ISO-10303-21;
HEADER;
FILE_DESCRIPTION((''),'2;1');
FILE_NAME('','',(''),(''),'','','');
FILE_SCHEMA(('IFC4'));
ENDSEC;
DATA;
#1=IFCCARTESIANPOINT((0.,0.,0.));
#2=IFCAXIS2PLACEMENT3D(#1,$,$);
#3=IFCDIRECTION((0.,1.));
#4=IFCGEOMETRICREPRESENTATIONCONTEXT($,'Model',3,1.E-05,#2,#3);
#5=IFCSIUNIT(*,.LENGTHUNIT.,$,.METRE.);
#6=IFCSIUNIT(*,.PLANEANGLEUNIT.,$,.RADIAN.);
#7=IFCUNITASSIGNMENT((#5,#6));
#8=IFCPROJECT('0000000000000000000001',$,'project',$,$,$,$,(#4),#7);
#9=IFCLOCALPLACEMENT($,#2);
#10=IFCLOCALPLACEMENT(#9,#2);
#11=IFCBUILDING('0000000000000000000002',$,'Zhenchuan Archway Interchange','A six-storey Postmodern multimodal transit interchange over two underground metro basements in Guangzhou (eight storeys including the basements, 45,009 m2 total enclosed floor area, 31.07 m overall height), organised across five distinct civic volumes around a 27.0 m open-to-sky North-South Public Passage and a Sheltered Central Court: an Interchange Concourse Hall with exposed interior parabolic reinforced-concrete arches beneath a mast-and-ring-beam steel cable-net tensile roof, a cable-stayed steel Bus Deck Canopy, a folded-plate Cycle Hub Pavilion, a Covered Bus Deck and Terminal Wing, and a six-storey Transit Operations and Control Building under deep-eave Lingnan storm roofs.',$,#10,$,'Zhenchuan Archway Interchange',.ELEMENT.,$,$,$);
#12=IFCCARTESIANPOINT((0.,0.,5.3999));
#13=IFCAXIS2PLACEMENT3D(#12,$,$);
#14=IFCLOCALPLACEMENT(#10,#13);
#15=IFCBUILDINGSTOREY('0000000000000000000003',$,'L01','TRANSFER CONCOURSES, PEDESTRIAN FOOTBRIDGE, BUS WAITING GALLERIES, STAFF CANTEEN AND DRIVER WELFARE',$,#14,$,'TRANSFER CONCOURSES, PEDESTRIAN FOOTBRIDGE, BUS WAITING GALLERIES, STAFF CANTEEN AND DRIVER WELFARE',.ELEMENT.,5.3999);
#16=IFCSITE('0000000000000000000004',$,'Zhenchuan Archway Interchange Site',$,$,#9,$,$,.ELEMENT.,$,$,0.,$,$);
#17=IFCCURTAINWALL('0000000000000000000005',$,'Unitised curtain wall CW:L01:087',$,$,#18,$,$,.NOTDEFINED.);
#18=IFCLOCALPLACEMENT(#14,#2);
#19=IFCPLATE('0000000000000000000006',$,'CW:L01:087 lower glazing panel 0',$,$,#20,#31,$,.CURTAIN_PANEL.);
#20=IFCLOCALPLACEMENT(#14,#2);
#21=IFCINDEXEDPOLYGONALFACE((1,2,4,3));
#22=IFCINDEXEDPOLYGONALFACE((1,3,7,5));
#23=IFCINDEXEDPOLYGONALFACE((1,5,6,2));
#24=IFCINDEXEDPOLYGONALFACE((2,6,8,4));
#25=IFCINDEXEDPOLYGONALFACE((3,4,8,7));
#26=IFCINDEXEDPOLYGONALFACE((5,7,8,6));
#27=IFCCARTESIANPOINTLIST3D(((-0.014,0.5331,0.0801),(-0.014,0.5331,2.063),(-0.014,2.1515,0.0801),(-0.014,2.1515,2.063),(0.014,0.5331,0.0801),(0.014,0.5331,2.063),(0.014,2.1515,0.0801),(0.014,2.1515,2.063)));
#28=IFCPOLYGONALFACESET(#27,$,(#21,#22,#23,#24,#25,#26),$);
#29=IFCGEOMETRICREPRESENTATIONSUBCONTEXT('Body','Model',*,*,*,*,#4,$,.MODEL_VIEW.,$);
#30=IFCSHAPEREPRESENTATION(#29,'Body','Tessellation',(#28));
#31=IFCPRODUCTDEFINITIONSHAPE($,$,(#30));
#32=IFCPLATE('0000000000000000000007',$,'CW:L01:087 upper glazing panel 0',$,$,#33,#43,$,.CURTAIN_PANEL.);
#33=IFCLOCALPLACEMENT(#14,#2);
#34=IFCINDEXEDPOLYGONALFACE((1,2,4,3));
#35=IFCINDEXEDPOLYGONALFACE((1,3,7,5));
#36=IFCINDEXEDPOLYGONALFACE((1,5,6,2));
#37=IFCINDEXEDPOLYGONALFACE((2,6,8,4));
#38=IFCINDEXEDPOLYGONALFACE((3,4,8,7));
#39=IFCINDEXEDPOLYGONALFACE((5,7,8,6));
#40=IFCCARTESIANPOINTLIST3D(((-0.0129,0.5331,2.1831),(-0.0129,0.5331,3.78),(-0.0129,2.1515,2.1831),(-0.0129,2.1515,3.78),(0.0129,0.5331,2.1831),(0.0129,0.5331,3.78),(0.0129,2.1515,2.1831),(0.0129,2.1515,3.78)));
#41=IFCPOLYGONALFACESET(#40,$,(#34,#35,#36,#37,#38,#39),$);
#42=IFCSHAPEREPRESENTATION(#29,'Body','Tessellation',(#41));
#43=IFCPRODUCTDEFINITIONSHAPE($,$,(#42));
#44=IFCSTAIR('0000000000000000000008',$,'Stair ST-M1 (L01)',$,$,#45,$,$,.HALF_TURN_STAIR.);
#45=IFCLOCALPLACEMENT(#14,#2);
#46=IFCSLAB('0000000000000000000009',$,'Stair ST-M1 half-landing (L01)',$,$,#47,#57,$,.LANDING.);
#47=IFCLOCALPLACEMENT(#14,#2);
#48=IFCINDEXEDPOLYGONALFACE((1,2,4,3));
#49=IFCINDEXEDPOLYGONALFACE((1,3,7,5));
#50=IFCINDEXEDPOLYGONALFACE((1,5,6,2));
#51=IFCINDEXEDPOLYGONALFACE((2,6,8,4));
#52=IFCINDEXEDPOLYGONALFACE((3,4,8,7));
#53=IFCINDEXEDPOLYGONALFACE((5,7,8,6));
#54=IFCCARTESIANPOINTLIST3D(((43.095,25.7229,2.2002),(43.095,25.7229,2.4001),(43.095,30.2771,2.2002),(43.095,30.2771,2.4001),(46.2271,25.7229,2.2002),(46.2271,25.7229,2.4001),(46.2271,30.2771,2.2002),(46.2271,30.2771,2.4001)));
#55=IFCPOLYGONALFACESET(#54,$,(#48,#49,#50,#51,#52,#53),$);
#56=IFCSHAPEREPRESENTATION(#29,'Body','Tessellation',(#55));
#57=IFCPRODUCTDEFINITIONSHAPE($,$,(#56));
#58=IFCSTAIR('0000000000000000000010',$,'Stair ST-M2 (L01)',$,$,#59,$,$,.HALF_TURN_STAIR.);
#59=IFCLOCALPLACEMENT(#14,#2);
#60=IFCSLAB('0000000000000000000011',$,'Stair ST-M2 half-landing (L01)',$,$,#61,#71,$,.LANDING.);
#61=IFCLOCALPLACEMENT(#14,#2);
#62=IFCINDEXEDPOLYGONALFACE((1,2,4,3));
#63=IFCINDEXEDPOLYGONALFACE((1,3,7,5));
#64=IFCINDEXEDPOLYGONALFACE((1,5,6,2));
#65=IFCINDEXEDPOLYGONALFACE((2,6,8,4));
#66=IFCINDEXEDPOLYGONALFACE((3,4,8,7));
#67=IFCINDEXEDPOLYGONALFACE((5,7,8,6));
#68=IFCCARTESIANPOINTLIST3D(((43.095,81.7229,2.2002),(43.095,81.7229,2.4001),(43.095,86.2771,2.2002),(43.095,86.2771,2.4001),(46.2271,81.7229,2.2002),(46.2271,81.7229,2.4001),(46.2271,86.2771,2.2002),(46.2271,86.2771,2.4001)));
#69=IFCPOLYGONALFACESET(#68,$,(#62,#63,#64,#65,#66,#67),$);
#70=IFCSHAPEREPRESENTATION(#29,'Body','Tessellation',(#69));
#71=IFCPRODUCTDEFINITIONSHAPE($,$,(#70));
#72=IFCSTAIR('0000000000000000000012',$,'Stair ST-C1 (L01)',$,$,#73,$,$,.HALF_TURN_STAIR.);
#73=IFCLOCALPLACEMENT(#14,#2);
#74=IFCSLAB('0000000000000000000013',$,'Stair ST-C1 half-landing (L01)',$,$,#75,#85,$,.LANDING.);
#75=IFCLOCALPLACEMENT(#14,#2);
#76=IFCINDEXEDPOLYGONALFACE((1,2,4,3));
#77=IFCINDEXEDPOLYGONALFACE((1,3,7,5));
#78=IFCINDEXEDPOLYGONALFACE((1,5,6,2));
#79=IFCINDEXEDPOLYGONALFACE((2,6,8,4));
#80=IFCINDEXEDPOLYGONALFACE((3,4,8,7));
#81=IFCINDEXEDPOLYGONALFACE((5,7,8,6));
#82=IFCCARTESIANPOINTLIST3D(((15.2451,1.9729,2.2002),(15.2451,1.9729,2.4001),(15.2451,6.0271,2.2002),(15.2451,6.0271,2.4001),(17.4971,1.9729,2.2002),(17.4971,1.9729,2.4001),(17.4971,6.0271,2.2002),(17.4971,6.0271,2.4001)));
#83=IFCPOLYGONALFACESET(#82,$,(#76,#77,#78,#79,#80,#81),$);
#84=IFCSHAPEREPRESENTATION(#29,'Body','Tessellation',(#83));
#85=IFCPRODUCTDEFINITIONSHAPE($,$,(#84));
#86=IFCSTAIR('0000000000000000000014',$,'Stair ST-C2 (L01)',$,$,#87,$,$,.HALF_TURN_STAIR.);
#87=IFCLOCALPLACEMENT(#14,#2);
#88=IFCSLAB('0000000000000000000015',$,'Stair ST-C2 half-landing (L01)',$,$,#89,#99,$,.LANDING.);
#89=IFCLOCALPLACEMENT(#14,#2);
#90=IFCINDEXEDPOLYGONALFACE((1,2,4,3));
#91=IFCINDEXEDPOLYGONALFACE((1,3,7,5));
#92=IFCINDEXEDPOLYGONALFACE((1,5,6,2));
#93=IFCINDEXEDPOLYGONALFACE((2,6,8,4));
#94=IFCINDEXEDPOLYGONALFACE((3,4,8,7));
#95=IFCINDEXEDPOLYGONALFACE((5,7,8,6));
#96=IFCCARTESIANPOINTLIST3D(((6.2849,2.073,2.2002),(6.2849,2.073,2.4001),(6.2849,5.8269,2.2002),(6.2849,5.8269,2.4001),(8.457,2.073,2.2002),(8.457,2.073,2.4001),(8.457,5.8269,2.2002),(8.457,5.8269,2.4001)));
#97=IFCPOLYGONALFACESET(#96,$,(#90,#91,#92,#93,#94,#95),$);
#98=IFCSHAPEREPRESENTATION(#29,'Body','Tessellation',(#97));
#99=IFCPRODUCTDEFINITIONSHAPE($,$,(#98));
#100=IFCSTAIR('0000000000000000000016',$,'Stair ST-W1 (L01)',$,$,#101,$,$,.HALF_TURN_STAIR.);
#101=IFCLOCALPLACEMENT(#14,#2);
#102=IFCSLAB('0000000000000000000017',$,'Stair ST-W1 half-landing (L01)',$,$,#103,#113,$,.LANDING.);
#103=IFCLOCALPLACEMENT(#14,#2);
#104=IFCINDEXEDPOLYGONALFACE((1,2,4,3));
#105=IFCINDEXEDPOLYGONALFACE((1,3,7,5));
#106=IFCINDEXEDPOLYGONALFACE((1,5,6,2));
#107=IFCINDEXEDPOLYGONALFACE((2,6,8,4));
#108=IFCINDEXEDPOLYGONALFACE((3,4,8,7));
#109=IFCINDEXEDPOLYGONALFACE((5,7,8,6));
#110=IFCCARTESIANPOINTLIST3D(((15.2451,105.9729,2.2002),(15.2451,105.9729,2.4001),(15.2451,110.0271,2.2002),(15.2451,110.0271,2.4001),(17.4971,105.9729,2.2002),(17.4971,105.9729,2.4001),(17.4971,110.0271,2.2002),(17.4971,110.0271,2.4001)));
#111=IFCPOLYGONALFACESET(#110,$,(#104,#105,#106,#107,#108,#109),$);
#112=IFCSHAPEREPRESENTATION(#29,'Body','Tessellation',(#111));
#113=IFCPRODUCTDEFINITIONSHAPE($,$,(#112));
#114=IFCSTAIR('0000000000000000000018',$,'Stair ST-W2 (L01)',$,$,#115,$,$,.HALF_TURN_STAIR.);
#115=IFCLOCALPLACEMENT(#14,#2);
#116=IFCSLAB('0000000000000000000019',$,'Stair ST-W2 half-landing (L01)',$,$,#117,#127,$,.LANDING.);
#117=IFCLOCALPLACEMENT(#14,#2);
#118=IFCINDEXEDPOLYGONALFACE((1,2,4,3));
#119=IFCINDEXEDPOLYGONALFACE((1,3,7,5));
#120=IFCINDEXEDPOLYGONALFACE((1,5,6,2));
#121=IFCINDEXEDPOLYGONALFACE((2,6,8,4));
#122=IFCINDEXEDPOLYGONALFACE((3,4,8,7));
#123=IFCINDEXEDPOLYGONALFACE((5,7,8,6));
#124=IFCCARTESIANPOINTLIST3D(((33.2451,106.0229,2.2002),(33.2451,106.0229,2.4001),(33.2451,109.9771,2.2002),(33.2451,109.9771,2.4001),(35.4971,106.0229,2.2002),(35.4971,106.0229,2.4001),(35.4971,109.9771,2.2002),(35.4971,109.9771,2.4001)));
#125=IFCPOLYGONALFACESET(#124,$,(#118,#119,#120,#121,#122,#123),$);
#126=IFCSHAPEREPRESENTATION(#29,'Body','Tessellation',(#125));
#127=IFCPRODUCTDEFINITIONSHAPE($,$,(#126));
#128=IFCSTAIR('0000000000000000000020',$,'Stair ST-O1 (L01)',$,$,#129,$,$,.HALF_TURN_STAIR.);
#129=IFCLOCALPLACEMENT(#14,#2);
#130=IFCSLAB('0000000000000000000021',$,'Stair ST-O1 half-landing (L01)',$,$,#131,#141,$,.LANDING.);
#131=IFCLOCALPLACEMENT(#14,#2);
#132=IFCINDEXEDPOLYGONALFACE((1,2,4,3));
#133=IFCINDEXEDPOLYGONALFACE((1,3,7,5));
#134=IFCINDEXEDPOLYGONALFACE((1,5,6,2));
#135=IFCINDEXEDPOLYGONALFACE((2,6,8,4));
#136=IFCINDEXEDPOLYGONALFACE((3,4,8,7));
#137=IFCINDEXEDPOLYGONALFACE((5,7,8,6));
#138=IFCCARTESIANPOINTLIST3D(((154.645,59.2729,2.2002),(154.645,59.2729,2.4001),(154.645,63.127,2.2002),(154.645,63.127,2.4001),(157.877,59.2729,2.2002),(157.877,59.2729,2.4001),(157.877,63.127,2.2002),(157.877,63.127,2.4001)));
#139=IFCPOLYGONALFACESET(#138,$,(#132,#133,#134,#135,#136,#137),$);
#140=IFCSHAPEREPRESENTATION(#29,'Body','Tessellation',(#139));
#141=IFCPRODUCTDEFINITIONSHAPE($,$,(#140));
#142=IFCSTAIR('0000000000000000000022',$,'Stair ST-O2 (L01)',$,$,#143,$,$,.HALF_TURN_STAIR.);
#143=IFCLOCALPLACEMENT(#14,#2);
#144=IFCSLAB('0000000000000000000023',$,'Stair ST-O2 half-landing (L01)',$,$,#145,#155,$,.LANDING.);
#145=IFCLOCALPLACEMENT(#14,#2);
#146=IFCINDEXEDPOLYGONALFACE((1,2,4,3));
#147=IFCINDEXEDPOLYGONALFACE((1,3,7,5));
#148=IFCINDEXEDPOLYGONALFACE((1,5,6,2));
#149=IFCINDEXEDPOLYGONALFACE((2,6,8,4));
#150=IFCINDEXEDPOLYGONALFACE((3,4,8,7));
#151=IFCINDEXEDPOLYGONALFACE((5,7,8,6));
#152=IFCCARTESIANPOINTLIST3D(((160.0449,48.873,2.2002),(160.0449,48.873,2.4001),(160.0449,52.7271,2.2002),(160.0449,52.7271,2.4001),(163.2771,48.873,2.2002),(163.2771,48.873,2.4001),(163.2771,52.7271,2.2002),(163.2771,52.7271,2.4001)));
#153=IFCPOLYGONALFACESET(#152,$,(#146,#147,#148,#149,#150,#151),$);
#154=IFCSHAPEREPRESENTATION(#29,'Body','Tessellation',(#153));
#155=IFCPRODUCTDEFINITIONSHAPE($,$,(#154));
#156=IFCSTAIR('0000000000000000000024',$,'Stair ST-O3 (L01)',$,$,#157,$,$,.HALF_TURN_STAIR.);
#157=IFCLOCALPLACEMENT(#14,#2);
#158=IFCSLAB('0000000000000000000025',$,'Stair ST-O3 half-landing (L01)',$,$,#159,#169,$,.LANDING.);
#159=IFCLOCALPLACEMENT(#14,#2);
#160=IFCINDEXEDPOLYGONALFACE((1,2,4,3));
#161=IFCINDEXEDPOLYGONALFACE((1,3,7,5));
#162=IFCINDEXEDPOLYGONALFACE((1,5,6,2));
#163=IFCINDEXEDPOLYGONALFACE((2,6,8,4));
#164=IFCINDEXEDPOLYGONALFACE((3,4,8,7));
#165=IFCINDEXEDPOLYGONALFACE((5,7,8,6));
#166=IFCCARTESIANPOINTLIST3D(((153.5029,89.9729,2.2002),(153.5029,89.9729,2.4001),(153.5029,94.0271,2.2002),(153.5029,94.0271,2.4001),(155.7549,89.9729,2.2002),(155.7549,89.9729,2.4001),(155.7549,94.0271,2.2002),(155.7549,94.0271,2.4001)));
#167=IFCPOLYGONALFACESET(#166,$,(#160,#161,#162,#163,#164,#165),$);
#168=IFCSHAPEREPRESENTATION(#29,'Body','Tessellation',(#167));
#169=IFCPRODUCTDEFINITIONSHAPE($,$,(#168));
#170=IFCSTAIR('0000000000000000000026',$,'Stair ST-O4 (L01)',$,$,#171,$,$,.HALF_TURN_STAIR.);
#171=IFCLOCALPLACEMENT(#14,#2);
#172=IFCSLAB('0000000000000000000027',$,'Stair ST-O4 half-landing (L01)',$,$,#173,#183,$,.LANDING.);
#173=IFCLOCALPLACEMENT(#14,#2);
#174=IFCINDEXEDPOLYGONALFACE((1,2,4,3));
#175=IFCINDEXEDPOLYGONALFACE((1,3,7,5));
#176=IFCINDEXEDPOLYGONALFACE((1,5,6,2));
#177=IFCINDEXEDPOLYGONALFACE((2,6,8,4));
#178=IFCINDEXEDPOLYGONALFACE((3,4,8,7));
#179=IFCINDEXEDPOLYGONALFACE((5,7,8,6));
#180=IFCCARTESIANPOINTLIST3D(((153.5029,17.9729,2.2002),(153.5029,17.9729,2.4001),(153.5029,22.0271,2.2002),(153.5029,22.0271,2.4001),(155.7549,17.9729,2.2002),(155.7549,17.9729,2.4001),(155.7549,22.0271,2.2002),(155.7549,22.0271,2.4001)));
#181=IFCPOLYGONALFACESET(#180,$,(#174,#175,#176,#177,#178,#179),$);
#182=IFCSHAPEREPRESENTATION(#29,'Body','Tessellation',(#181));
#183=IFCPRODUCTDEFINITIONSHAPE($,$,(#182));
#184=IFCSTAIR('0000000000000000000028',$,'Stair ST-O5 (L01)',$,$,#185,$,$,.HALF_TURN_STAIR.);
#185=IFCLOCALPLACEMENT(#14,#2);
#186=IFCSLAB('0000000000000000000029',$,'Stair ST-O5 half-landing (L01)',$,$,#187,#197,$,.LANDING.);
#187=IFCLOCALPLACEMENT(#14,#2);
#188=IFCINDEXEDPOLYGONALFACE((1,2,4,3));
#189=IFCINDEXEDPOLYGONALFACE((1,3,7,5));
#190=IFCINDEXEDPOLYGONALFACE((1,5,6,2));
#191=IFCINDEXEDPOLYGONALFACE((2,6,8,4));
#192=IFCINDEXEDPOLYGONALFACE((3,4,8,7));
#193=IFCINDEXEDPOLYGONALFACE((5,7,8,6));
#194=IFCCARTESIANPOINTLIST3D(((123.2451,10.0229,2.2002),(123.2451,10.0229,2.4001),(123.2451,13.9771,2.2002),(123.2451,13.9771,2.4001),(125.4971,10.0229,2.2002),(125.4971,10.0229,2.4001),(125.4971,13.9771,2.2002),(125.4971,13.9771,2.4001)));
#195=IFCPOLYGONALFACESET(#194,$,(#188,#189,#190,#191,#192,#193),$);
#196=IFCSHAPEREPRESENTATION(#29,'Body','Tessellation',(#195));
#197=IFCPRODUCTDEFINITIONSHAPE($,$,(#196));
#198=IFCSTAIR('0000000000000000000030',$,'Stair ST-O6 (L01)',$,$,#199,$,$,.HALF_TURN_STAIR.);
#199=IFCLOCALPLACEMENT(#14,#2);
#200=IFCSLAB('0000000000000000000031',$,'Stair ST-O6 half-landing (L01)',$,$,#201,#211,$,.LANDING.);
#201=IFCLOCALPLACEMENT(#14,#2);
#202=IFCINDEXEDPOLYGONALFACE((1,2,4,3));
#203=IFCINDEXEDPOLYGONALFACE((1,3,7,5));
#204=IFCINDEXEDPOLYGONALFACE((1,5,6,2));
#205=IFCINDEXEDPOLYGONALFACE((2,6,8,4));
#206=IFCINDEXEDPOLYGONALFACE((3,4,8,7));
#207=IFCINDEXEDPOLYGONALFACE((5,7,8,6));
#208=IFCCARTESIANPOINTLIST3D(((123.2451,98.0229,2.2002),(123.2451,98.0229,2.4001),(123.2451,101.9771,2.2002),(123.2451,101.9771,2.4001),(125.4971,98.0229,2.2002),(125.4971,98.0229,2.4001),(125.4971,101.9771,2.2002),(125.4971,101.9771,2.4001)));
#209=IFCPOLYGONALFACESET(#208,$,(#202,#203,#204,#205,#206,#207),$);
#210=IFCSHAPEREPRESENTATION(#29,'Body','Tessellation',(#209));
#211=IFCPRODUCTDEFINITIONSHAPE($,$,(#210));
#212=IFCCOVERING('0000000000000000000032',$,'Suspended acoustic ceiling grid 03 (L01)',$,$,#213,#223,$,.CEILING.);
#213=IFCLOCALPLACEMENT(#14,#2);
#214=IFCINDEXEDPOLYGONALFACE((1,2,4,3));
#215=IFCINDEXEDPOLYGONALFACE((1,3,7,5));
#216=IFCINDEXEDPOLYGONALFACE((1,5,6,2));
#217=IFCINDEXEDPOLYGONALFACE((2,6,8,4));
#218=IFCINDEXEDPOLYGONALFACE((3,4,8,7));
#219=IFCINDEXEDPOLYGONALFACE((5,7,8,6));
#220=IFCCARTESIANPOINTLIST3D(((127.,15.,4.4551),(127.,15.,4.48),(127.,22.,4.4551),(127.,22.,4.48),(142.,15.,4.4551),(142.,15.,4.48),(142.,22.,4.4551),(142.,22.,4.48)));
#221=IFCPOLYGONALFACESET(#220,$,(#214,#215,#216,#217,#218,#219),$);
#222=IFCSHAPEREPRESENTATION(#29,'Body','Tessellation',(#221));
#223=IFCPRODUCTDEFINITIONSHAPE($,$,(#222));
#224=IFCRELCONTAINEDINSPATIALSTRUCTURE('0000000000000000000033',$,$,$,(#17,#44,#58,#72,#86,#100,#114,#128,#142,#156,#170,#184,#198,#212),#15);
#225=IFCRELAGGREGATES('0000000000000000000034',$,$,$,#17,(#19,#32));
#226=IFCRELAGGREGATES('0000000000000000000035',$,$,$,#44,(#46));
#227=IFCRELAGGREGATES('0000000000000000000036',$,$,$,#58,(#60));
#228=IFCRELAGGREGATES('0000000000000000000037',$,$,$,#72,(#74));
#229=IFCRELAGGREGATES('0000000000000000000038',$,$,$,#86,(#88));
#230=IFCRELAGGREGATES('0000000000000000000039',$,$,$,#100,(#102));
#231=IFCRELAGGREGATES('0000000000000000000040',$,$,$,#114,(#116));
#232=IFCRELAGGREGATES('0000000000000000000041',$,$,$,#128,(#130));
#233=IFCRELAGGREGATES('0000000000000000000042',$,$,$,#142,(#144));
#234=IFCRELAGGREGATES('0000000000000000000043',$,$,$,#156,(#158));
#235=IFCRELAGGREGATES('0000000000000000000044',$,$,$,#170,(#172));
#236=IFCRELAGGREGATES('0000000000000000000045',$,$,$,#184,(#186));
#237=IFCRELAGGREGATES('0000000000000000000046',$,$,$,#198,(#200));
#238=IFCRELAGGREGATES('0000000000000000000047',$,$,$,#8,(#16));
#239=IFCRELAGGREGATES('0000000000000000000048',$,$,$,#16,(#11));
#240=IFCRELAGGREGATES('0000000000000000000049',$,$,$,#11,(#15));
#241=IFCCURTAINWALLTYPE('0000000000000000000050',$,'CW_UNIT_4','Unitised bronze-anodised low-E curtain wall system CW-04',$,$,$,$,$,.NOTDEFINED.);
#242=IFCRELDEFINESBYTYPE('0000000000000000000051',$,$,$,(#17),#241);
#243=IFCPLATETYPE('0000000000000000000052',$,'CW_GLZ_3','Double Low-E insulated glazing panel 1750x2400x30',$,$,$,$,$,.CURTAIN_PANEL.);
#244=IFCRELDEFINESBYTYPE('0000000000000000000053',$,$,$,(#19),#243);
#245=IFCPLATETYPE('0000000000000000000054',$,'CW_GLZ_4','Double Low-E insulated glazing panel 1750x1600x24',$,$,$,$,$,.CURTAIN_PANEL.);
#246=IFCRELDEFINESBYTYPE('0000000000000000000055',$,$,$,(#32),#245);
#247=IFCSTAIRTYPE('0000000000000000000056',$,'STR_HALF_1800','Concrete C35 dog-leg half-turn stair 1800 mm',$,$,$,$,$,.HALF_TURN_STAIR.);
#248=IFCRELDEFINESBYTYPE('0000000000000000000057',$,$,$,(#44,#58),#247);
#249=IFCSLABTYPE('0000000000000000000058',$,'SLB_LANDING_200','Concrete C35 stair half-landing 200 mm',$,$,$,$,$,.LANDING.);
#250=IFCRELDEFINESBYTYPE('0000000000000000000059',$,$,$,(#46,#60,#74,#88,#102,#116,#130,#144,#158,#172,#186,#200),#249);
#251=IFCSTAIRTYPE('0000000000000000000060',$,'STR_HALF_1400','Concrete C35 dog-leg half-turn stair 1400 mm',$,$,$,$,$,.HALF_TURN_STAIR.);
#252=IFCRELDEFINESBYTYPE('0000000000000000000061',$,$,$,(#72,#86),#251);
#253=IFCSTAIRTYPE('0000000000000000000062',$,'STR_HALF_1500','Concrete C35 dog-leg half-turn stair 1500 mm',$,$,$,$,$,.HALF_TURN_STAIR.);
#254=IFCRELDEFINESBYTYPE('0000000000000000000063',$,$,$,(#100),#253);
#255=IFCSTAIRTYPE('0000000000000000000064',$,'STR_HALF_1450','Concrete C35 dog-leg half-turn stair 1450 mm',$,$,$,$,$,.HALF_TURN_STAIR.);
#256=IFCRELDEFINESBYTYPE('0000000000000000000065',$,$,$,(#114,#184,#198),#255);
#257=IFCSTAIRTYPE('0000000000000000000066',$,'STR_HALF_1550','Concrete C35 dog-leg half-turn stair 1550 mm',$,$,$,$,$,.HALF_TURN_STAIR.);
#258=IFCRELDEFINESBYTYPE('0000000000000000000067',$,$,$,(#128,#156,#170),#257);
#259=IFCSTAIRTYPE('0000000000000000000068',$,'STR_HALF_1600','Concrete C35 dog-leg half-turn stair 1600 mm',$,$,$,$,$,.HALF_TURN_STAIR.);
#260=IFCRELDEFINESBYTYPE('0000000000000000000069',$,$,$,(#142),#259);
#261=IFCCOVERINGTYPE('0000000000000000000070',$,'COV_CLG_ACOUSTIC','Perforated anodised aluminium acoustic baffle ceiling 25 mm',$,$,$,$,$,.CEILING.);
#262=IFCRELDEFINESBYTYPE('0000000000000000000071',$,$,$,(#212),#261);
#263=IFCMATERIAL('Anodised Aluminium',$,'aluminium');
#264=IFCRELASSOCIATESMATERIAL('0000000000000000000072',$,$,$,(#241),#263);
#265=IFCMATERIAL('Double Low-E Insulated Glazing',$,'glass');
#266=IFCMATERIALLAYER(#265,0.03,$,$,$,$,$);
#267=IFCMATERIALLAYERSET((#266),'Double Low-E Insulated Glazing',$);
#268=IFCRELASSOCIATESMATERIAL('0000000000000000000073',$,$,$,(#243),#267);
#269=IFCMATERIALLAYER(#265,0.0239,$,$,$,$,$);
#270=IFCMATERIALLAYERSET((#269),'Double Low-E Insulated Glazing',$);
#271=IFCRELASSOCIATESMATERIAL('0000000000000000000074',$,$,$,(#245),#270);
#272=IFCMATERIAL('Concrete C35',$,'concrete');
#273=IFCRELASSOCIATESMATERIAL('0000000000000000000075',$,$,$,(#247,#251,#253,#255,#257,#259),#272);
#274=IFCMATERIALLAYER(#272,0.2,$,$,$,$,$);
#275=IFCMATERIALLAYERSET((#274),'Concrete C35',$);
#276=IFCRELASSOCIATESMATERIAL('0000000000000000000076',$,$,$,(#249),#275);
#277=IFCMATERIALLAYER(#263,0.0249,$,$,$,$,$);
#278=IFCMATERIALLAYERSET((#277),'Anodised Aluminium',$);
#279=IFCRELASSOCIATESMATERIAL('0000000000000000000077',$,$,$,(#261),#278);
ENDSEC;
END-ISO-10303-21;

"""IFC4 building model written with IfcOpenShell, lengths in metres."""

from ifc_helpers import new_model, si_unit, direction, frame, origin, origin_2d, place, context, subcontext, project, spatial, polyline, rectangle, outline, extrude, material, layer, layer_set, type_object, element, aggregate, save


model = new_model("IFC4")

# Units and contexts
model_context = context("Model", 3, precision=1e-05, world=origin(), true_north=direction((0.0, 1.0)))
body_context = subcontext(model_context, "Body", "Model", "MODEL_VIEW")
ifc_project = project(units=[si_unit("LENGTHUNIT", "METRE"), si_unit("PLANEANGLEUNIT", "RADIAN")], contexts=[model_context])

# Site, building, storey
site_placement = place(None, origin())
site = spatial("IfcSite", under=ifc_project, at=site_placement, Name="Zhenchuan Archway Interchange Site", CompositionType="ELEMENT", RefElevation=0.0)
building_placement = place(site_placement, origin())
building = spatial("IfcBuilding", under=site, at=building_placement, Name="Zhenchuan Archway Interchange", Description="A six-storey Postmodern multimodal transit interchange over two underground metro basements in Guangzhou (eight storeys including the basements, 45,009 m2 total enclosed floor area, 31.07 m overall height), organised across five distinct civic volumes around a 27.0 m open-to-sky North-South Public Passage and a Sheltered Central Court: an Interchange Concourse Hall with exposed interior parabolic reinforced-concrete arches beneath a mast-and-ring-beam steel cable-net tensile roof, a cable-stayed steel Bus Deck Canopy, a folded-plate Cycle Hub Pavilion, a Covered Bus Deck and Terminal Wing, and a six-storey Transit Operations and Control Building under deep-eave Lingnan storm roofs.", LongName="Zhenchuan Archway Interchange", CompositionType="ELEMENT")
storey_placement = place(building_placement, frame((0.0, 0.0, 5.3999)))
storey = spatial("IfcBuildingStorey", under=building, at=storey_placement, Name="L01", Description="TRANSFER CONCOURSES, PEDESTRIAN FOOTBRIDGE, BUS WAITING GALLERIES, STAFF CANTEEN AND DRIVER WELFARE", LongName="TRANSFER CONCOURSES, PEDESTRIAN FOOTBRIDGE, BUS WAITING GALLERIES, STAFF CANTEEN AND DRIVER WELFARE", CompositionType="ELEMENT", Elevation=5.3999)

# Curtain wall
ifc_material_1 = material(Name="Anodised Aluminium", Category="aluminium")
curtain_wall_type_1 = type_object("IfcCurtainWallType", Name="CW_UNIT_4", Description="Unitised bronze-anodised low-E curtain wall system CW-04", PredefinedType="NOTDEFINED", material=ifc_material_1)
curtain_wall_1_placement = place(storey_placement, origin())
curtain_wall_1 = element("IfcCurtainWall", 1, at=curtain_wall_1_placement, inside=storey, type_object=curtain_wall_type_1, Name="Unitised curtain wall CW:L01:087", PredefinedType="NOTDEFINED")

# Plates
ifc_material_2 = material(Name="Double Low-E Insulated Glazing", Category="glass")
ifc_layer_1 = layer(ifc_material_2, 0.03)
ifc_layer_set_1 = layer_set([ifc_layer_1], Name="Double Low-E Insulated Glazing")
plate_type_1 = type_object("IfcPlateType", Name="CW_GLZ_3", Description="Double Low-E insulated glazing panel 1750x2400x30", PredefinedType="CURTAIN_PANEL", material=ifc_layer_set_1)
plate_1_placement = place(storey_placement, frame((0.0, 1.3423, 0.0801), z_axis=(0.0, 0.0, 1.0), x_axis=(0.0, 1.0, 0.0)))
plate_1 = element("IfcPlate", 2, at=plate_1_placement, type_object=plate_type_1, Name="CW:L01:087 lower glazing panel 0", PredefinedType="CURTAIN_PANEL", context=body_context, shape_type="SweptSolid", body=[
    extrude(rectangle(XDim=1.6184, YDim=0.0281, at=origin_2d()), origin(), (0.0, 0.0, 1.0), 1.9829),
])
ifc_layer_2 = layer(ifc_material_2, 0.0239)
ifc_layer_set_2 = layer_set([ifc_layer_2], Name="Double Low-E Insulated Glazing")
plate_type_2 = type_object("IfcPlateType", Name="CW_GLZ_4", Description="Double Low-E insulated glazing panel 1750x1600x24", PredefinedType="CURTAIN_PANEL", material=ifc_layer_set_2)
plate_2_placement = place(storey_placement, frame((0.0, 1.3423, 2.1831), z_axis=(0.0, 0.0, 1.0), x_axis=(0.0, 1.0, 0.0)))
plate_2 = element("IfcPlate", 3, at=plate_2_placement, type_object=plate_type_2, Name="CW:L01:087 upper glazing panel 0", PredefinedType="CURTAIN_PANEL", context=body_context, shape_type="SweptSolid", body=[
    extrude(rectangle(XDim=1.6184, YDim=0.0259, at=origin_2d()), origin(), (0.0, 0.0, 1.0), 1.5969),
])
aggregate(curtain_wall_1, [plate_1, plate_2])

# Stairs, slabs
ifc_material_3 = material(Name="Concrete C35", Category="concrete")
stair_type_1 = type_object("IfcStairType", Name="STR_HALF_1800", Description="Concrete C35 dog-leg half-turn stair 1800 mm", PredefinedType="HALF_TURN_STAIR", material=ifc_material_3)
stair_1_placement = place(storey_placement, origin())
stair_1 = element("IfcStair", 4, at=stair_1_placement, inside=storey, type_object=stair_type_1, Name="Stair ST-M1 (L01)", PredefinedType="HALF_TURN_STAIR")
ifc_layer_3 = layer(ifc_material_3, 0.2)
ifc_layer_set_3 = layer_set([ifc_layer_3], Name="Concrete C35")
slab_type = type_object("IfcSlabType", Name="SLB_LANDING_200", Description="Concrete C35 stair half-landing 200 mm", PredefinedType="LANDING", material=ifc_layer_set_3)
slab_1_placement = place(storey_placement, frame((0.0, 0.0, 2.2002)))
slab_1 = element("IfcSlab", 5, at=slab_1_placement, type_object=slab_type, Name="Stair ST-M1 half-landing (L01)", PredefinedType="LANDING", context=body_context, shape_type="SweptSolid", body=[
    extrude(outline(polyline([(43.095, 25.7229), (46.2271, 25.7229), (46.2271, 30.2771), (43.095, 30.2771), (43.095, 25.7229)])), origin(), (0.0, 0.0, 1.0), 0.2),
])
aggregate(stair_1, [slab_1])
stair_2_placement = place(storey_placement, origin())
stair_2 = element("IfcStair", 6, at=stair_2_placement, inside=storey, type_object=stair_type_1, Name="Stair ST-M2 (L01)", PredefinedType="HALF_TURN_STAIR")
slab_2_placement = place(storey_placement, frame((0.0, 0.0, 2.2002)))
slab_2 = element("IfcSlab", 7, at=slab_2_placement, type_object=slab_type, Name="Stair ST-M2 half-landing (L01)", PredefinedType="LANDING", context=body_context, shape_type="SweptSolid", body=[
    extrude(outline(polyline([(43.095, 81.7229), (46.2271, 81.7229), (46.2271, 86.2771), (43.095, 86.2771), (43.095, 81.7229)])), origin(), (0.0, 0.0, 1.0), 0.2),
])
aggregate(stair_2, [slab_2])
stair_type_2 = type_object("IfcStairType", Name="STR_HALF_1400", Description="Concrete C35 dog-leg half-turn stair 1400 mm", PredefinedType="HALF_TURN_STAIR", material=ifc_material_3)
stair_3_placement = place(storey_placement, origin())
stair_3 = element("IfcStair", 8, at=stair_3_placement, inside=storey, type_object=stair_type_2, Name="Stair ST-C1 (L01)", PredefinedType="HALF_TURN_STAIR")
slab_3_placement = place(storey_placement, frame((0.0, 0.0, 2.2002)))
slab_3 = element("IfcSlab", 9, at=slab_3_placement, type_object=slab_type, Name="Stair ST-C1 half-landing (L01)", PredefinedType="LANDING", context=body_context, shape_type="SweptSolid", body=[
    extrude(outline(polyline([(15.2451, 1.9729), (17.4971, 1.9729), (17.4971, 6.0271), (15.2451, 6.0271), (15.2451, 1.9729)])), origin(), (0.0, 0.0, 1.0), 0.2),
])
aggregate(stair_3, [slab_3])
stair_4_placement = place(storey_placement, origin())
stair_4 = element("IfcStair", 10, at=stair_4_placement, inside=storey, type_object=stair_type_2, Name="Stair ST-C2 (L01)", PredefinedType="HALF_TURN_STAIR")
slab_4_placement = place(storey_placement, frame((0.0, 0.0, 2.2002)))
slab_4 = element("IfcSlab", 11, at=slab_4_placement, type_object=slab_type, Name="Stair ST-C2 half-landing (L01)", PredefinedType="LANDING", context=body_context, shape_type="SweptSolid", body=[
    extrude(outline(polyline([(6.2849, 2.073), (8.457, 2.073), (8.457, 5.8269), (6.2849, 5.8269), (6.2849, 2.073)])), origin(), (0.0, 0.0, 1.0), 0.2),
])
aggregate(stair_4, [slab_4])
stair_type_3 = type_object("IfcStairType", Name="STR_HALF_1500", Description="Concrete C35 dog-leg half-turn stair 1500 mm", PredefinedType="HALF_TURN_STAIR", material=ifc_material_3)
stair_5_placement = place(storey_placement, origin())
stair_5 = element("IfcStair", 12, at=stair_5_placement, inside=storey, type_object=stair_type_3, Name="Stair ST-W1 (L01)", PredefinedType="HALF_TURN_STAIR")
slab_5_placement = place(storey_placement, frame((0.0, 0.0, 2.2002)))
slab_5 = element("IfcSlab", 13, at=slab_5_placement, type_object=slab_type, Name="Stair ST-W1 half-landing (L01)", PredefinedType="LANDING", context=body_context, shape_type="SweptSolid", body=[
    extrude(outline(polyline([(15.2451, 105.9729), (17.4971, 105.9729), (17.4971, 110.0271), (15.2451, 110.0271), (15.2451, 105.9729)])), origin(), (0.0, 0.0, 1.0), 0.2),
])
aggregate(stair_5, [slab_5])
stair_type_4 = type_object("IfcStairType", Name="STR_HALF_1450", Description="Concrete C35 dog-leg half-turn stair 1450 mm", PredefinedType="HALF_TURN_STAIR", material=ifc_material_3)
stair_6_placement = place(storey_placement, origin())
stair_6 = element("IfcStair", 14, at=stair_6_placement, inside=storey, type_object=stair_type_4, Name="Stair ST-W2 (L01)", PredefinedType="HALF_TURN_STAIR")
slab_6_placement = place(storey_placement, frame((0.0, 0.0, 2.2002)))
slab_6 = element("IfcSlab", 15, at=slab_6_placement, type_object=slab_type, Name="Stair ST-W2 half-landing (L01)", PredefinedType="LANDING", context=body_context, shape_type="SweptSolid", body=[
    extrude(outline(polyline([(33.2451, 106.0229), (35.4971, 106.0229), (35.4971, 109.9771), (33.2451, 109.9771), (33.2451, 106.0229)])), origin(), (0.0, 0.0, 1.0), 0.2),
])
aggregate(stair_6, [slab_6])
stair_type_5 = type_object("IfcStairType", Name="STR_HALF_1550", Description="Concrete C35 dog-leg half-turn stair 1550 mm", PredefinedType="HALF_TURN_STAIR", material=ifc_material_3)
stair_7_placement = place(storey_placement, origin())
stair_7 = element("IfcStair", 16, at=stair_7_placement, inside=storey, type_object=stair_type_5, Name="Stair ST-O1 (L01)", PredefinedType="HALF_TURN_STAIR")
slab_7_placement = place(storey_placement, frame((0.0, 0.0, 2.2002)))
slab_7 = element("IfcSlab", 17, at=slab_7_placement, type_object=slab_type, Name="Stair ST-O1 half-landing (L01)", PredefinedType="LANDING", context=body_context, shape_type="SweptSolid", body=[
    extrude(outline(polyline([(154.645, 59.2729), (157.877, 59.2729), (157.877, 63.127), (154.645, 63.127), (154.645, 59.2729)])), origin(), (0.0, 0.0, 1.0), 0.2),
])
aggregate(stair_7, [slab_7])
stair_type_6 = type_object("IfcStairType", Name="STR_HALF_1600", Description="Concrete C35 dog-leg half-turn stair 1600 mm", PredefinedType="HALF_TURN_STAIR", material=ifc_material_3)
stair_8_placement = place(storey_placement, origin())
stair_8 = element("IfcStair", 18, at=stair_8_placement, inside=storey, type_object=stair_type_6, Name="Stair ST-O2 (L01)", PredefinedType="HALF_TURN_STAIR")
slab_8_placement = place(storey_placement, frame((0.0, 0.0, 2.2002)))
slab_8 = element("IfcSlab", 19, at=slab_8_placement, type_object=slab_type, Name="Stair ST-O2 half-landing (L01)", PredefinedType="LANDING", context=body_context, shape_type="SweptSolid", body=[
    extrude(outline(polyline([(160.0449, 48.873), (163.2771, 48.873), (163.2771, 52.7271), (160.0449, 52.7271), (160.0449, 48.873)])), origin(), (0.0, 0.0, 1.0), 0.2),
])
aggregate(stair_8, [slab_8])
stair_9_placement = place(storey_placement, origin())
stair_9 = element("IfcStair", 20, at=stair_9_placement, inside=storey, type_object=stair_type_5, Name="Stair ST-O3 (L01)", PredefinedType="HALF_TURN_STAIR")
slab_9_placement = place(storey_placement, frame((0.0, 0.0, 2.2002)))
slab_9 = element("IfcSlab", 21, at=slab_9_placement, type_object=slab_type, Name="Stair ST-O3 half-landing (L01)", PredefinedType="LANDING", context=body_context, shape_type="SweptSolid", body=[
    extrude(outline(polyline([(153.5029, 89.9729), (155.7549, 89.9729), (155.7549, 94.0271), (153.5029, 94.0271), (153.5029, 89.9729)])), origin(), (0.0, 0.0, 1.0), 0.2),
])
aggregate(stair_9, [slab_9])
stair_10_placement = place(storey_placement, origin())
stair_10 = element("IfcStair", 22, at=stair_10_placement, inside=storey, type_object=stair_type_5, Name="Stair ST-O4 (L01)", PredefinedType="HALF_TURN_STAIR")
slab_10_placement = place(storey_placement, frame((0.0, 0.0, 2.2002)))
slab_10 = element("IfcSlab", 23, at=slab_10_placement, type_object=slab_type, Name="Stair ST-O4 half-landing (L01)", PredefinedType="LANDING", context=body_context, shape_type="SweptSolid", body=[
    extrude(outline(polyline([(153.5029, 17.9729), (155.7549, 17.9729), (155.7549, 22.0271), (153.5029, 22.0271), (153.5029, 17.9729)])), origin(), (0.0, 0.0, 1.0), 0.2),
])
aggregate(stair_10, [slab_10])
stair_11_placement = place(storey_placement, origin())
stair_11 = element("IfcStair", 24, at=stair_11_placement, inside=storey, type_object=stair_type_4, Name="Stair ST-O5 (L01)", PredefinedType="HALF_TURN_STAIR")
slab_11_placement = place(storey_placement, frame((0.0, 0.0, 2.2002)))
slab_11 = element("IfcSlab", 25, at=slab_11_placement, type_object=slab_type, Name="Stair ST-O5 half-landing (L01)", PredefinedType="LANDING", context=body_context, shape_type="SweptSolid", body=[
    extrude(outline(polyline([(123.2451, 10.0229), (125.4971, 10.0229), (125.4971, 13.9771), (123.2451, 13.9771), (123.2451, 10.0229)])), origin(), (0.0, 0.0, 1.0), 0.2),
])
aggregate(stair_11, [slab_11])
stair_12_placement = place(storey_placement, origin())
stair_12 = element("IfcStair", 26, at=stair_12_placement, inside=storey, type_object=stair_type_4, Name="Stair ST-O6 (L01)", PredefinedType="HALF_TURN_STAIR")
slab_12_placement = place(storey_placement, frame((0.0, 0.0, 2.2002)))
slab_12 = element("IfcSlab", 27, at=slab_12_placement, type_object=slab_type, Name="Stair ST-O6 half-landing (L01)", PredefinedType="LANDING", context=body_context, shape_type="SweptSolid", body=[
    extrude(outline(polyline([(123.2451, 98.0229), (125.4971, 98.0229), (125.4971, 101.9771), (123.2451, 101.9771), (123.2451, 98.0229)])), origin(), (0.0, 0.0, 1.0), 0.2),
])
aggregate(stair_12, [slab_12])

# Covering
ifc_layer_4 = layer(ifc_material_1, 0.0249)
ifc_layer_set_4 = layer_set([ifc_layer_4], Name="Anodised Aluminium")
covering_type = type_object("IfcCoveringType", Name="COV_CLG_ACOUSTIC", Description="Perforated anodised aluminium acoustic baffle ceiling 25 mm", PredefinedType="CEILING", material=ifc_layer_set_4)
covering_placement = place(storey_placement, frame((0.0, 0.0, 4.4551)))
element("IfcCovering", 28, at=covering_placement, inside=storey, type_object=covering_type, Name="Suspended acoustic ceiling grid 03 (L01)", PredefinedType="CEILING", context=body_context, shape_type="SweptSolid", body=[
    extrude(outline(polyline([(127.0, 15.0), (142.0, 15.0), (142.0, 22.0), (127.0, 22.0), (127.0, 15.0)])), origin(), (0.0, 0.0, 1.0), 0.0249),
])

save(model, "model.ifc")
